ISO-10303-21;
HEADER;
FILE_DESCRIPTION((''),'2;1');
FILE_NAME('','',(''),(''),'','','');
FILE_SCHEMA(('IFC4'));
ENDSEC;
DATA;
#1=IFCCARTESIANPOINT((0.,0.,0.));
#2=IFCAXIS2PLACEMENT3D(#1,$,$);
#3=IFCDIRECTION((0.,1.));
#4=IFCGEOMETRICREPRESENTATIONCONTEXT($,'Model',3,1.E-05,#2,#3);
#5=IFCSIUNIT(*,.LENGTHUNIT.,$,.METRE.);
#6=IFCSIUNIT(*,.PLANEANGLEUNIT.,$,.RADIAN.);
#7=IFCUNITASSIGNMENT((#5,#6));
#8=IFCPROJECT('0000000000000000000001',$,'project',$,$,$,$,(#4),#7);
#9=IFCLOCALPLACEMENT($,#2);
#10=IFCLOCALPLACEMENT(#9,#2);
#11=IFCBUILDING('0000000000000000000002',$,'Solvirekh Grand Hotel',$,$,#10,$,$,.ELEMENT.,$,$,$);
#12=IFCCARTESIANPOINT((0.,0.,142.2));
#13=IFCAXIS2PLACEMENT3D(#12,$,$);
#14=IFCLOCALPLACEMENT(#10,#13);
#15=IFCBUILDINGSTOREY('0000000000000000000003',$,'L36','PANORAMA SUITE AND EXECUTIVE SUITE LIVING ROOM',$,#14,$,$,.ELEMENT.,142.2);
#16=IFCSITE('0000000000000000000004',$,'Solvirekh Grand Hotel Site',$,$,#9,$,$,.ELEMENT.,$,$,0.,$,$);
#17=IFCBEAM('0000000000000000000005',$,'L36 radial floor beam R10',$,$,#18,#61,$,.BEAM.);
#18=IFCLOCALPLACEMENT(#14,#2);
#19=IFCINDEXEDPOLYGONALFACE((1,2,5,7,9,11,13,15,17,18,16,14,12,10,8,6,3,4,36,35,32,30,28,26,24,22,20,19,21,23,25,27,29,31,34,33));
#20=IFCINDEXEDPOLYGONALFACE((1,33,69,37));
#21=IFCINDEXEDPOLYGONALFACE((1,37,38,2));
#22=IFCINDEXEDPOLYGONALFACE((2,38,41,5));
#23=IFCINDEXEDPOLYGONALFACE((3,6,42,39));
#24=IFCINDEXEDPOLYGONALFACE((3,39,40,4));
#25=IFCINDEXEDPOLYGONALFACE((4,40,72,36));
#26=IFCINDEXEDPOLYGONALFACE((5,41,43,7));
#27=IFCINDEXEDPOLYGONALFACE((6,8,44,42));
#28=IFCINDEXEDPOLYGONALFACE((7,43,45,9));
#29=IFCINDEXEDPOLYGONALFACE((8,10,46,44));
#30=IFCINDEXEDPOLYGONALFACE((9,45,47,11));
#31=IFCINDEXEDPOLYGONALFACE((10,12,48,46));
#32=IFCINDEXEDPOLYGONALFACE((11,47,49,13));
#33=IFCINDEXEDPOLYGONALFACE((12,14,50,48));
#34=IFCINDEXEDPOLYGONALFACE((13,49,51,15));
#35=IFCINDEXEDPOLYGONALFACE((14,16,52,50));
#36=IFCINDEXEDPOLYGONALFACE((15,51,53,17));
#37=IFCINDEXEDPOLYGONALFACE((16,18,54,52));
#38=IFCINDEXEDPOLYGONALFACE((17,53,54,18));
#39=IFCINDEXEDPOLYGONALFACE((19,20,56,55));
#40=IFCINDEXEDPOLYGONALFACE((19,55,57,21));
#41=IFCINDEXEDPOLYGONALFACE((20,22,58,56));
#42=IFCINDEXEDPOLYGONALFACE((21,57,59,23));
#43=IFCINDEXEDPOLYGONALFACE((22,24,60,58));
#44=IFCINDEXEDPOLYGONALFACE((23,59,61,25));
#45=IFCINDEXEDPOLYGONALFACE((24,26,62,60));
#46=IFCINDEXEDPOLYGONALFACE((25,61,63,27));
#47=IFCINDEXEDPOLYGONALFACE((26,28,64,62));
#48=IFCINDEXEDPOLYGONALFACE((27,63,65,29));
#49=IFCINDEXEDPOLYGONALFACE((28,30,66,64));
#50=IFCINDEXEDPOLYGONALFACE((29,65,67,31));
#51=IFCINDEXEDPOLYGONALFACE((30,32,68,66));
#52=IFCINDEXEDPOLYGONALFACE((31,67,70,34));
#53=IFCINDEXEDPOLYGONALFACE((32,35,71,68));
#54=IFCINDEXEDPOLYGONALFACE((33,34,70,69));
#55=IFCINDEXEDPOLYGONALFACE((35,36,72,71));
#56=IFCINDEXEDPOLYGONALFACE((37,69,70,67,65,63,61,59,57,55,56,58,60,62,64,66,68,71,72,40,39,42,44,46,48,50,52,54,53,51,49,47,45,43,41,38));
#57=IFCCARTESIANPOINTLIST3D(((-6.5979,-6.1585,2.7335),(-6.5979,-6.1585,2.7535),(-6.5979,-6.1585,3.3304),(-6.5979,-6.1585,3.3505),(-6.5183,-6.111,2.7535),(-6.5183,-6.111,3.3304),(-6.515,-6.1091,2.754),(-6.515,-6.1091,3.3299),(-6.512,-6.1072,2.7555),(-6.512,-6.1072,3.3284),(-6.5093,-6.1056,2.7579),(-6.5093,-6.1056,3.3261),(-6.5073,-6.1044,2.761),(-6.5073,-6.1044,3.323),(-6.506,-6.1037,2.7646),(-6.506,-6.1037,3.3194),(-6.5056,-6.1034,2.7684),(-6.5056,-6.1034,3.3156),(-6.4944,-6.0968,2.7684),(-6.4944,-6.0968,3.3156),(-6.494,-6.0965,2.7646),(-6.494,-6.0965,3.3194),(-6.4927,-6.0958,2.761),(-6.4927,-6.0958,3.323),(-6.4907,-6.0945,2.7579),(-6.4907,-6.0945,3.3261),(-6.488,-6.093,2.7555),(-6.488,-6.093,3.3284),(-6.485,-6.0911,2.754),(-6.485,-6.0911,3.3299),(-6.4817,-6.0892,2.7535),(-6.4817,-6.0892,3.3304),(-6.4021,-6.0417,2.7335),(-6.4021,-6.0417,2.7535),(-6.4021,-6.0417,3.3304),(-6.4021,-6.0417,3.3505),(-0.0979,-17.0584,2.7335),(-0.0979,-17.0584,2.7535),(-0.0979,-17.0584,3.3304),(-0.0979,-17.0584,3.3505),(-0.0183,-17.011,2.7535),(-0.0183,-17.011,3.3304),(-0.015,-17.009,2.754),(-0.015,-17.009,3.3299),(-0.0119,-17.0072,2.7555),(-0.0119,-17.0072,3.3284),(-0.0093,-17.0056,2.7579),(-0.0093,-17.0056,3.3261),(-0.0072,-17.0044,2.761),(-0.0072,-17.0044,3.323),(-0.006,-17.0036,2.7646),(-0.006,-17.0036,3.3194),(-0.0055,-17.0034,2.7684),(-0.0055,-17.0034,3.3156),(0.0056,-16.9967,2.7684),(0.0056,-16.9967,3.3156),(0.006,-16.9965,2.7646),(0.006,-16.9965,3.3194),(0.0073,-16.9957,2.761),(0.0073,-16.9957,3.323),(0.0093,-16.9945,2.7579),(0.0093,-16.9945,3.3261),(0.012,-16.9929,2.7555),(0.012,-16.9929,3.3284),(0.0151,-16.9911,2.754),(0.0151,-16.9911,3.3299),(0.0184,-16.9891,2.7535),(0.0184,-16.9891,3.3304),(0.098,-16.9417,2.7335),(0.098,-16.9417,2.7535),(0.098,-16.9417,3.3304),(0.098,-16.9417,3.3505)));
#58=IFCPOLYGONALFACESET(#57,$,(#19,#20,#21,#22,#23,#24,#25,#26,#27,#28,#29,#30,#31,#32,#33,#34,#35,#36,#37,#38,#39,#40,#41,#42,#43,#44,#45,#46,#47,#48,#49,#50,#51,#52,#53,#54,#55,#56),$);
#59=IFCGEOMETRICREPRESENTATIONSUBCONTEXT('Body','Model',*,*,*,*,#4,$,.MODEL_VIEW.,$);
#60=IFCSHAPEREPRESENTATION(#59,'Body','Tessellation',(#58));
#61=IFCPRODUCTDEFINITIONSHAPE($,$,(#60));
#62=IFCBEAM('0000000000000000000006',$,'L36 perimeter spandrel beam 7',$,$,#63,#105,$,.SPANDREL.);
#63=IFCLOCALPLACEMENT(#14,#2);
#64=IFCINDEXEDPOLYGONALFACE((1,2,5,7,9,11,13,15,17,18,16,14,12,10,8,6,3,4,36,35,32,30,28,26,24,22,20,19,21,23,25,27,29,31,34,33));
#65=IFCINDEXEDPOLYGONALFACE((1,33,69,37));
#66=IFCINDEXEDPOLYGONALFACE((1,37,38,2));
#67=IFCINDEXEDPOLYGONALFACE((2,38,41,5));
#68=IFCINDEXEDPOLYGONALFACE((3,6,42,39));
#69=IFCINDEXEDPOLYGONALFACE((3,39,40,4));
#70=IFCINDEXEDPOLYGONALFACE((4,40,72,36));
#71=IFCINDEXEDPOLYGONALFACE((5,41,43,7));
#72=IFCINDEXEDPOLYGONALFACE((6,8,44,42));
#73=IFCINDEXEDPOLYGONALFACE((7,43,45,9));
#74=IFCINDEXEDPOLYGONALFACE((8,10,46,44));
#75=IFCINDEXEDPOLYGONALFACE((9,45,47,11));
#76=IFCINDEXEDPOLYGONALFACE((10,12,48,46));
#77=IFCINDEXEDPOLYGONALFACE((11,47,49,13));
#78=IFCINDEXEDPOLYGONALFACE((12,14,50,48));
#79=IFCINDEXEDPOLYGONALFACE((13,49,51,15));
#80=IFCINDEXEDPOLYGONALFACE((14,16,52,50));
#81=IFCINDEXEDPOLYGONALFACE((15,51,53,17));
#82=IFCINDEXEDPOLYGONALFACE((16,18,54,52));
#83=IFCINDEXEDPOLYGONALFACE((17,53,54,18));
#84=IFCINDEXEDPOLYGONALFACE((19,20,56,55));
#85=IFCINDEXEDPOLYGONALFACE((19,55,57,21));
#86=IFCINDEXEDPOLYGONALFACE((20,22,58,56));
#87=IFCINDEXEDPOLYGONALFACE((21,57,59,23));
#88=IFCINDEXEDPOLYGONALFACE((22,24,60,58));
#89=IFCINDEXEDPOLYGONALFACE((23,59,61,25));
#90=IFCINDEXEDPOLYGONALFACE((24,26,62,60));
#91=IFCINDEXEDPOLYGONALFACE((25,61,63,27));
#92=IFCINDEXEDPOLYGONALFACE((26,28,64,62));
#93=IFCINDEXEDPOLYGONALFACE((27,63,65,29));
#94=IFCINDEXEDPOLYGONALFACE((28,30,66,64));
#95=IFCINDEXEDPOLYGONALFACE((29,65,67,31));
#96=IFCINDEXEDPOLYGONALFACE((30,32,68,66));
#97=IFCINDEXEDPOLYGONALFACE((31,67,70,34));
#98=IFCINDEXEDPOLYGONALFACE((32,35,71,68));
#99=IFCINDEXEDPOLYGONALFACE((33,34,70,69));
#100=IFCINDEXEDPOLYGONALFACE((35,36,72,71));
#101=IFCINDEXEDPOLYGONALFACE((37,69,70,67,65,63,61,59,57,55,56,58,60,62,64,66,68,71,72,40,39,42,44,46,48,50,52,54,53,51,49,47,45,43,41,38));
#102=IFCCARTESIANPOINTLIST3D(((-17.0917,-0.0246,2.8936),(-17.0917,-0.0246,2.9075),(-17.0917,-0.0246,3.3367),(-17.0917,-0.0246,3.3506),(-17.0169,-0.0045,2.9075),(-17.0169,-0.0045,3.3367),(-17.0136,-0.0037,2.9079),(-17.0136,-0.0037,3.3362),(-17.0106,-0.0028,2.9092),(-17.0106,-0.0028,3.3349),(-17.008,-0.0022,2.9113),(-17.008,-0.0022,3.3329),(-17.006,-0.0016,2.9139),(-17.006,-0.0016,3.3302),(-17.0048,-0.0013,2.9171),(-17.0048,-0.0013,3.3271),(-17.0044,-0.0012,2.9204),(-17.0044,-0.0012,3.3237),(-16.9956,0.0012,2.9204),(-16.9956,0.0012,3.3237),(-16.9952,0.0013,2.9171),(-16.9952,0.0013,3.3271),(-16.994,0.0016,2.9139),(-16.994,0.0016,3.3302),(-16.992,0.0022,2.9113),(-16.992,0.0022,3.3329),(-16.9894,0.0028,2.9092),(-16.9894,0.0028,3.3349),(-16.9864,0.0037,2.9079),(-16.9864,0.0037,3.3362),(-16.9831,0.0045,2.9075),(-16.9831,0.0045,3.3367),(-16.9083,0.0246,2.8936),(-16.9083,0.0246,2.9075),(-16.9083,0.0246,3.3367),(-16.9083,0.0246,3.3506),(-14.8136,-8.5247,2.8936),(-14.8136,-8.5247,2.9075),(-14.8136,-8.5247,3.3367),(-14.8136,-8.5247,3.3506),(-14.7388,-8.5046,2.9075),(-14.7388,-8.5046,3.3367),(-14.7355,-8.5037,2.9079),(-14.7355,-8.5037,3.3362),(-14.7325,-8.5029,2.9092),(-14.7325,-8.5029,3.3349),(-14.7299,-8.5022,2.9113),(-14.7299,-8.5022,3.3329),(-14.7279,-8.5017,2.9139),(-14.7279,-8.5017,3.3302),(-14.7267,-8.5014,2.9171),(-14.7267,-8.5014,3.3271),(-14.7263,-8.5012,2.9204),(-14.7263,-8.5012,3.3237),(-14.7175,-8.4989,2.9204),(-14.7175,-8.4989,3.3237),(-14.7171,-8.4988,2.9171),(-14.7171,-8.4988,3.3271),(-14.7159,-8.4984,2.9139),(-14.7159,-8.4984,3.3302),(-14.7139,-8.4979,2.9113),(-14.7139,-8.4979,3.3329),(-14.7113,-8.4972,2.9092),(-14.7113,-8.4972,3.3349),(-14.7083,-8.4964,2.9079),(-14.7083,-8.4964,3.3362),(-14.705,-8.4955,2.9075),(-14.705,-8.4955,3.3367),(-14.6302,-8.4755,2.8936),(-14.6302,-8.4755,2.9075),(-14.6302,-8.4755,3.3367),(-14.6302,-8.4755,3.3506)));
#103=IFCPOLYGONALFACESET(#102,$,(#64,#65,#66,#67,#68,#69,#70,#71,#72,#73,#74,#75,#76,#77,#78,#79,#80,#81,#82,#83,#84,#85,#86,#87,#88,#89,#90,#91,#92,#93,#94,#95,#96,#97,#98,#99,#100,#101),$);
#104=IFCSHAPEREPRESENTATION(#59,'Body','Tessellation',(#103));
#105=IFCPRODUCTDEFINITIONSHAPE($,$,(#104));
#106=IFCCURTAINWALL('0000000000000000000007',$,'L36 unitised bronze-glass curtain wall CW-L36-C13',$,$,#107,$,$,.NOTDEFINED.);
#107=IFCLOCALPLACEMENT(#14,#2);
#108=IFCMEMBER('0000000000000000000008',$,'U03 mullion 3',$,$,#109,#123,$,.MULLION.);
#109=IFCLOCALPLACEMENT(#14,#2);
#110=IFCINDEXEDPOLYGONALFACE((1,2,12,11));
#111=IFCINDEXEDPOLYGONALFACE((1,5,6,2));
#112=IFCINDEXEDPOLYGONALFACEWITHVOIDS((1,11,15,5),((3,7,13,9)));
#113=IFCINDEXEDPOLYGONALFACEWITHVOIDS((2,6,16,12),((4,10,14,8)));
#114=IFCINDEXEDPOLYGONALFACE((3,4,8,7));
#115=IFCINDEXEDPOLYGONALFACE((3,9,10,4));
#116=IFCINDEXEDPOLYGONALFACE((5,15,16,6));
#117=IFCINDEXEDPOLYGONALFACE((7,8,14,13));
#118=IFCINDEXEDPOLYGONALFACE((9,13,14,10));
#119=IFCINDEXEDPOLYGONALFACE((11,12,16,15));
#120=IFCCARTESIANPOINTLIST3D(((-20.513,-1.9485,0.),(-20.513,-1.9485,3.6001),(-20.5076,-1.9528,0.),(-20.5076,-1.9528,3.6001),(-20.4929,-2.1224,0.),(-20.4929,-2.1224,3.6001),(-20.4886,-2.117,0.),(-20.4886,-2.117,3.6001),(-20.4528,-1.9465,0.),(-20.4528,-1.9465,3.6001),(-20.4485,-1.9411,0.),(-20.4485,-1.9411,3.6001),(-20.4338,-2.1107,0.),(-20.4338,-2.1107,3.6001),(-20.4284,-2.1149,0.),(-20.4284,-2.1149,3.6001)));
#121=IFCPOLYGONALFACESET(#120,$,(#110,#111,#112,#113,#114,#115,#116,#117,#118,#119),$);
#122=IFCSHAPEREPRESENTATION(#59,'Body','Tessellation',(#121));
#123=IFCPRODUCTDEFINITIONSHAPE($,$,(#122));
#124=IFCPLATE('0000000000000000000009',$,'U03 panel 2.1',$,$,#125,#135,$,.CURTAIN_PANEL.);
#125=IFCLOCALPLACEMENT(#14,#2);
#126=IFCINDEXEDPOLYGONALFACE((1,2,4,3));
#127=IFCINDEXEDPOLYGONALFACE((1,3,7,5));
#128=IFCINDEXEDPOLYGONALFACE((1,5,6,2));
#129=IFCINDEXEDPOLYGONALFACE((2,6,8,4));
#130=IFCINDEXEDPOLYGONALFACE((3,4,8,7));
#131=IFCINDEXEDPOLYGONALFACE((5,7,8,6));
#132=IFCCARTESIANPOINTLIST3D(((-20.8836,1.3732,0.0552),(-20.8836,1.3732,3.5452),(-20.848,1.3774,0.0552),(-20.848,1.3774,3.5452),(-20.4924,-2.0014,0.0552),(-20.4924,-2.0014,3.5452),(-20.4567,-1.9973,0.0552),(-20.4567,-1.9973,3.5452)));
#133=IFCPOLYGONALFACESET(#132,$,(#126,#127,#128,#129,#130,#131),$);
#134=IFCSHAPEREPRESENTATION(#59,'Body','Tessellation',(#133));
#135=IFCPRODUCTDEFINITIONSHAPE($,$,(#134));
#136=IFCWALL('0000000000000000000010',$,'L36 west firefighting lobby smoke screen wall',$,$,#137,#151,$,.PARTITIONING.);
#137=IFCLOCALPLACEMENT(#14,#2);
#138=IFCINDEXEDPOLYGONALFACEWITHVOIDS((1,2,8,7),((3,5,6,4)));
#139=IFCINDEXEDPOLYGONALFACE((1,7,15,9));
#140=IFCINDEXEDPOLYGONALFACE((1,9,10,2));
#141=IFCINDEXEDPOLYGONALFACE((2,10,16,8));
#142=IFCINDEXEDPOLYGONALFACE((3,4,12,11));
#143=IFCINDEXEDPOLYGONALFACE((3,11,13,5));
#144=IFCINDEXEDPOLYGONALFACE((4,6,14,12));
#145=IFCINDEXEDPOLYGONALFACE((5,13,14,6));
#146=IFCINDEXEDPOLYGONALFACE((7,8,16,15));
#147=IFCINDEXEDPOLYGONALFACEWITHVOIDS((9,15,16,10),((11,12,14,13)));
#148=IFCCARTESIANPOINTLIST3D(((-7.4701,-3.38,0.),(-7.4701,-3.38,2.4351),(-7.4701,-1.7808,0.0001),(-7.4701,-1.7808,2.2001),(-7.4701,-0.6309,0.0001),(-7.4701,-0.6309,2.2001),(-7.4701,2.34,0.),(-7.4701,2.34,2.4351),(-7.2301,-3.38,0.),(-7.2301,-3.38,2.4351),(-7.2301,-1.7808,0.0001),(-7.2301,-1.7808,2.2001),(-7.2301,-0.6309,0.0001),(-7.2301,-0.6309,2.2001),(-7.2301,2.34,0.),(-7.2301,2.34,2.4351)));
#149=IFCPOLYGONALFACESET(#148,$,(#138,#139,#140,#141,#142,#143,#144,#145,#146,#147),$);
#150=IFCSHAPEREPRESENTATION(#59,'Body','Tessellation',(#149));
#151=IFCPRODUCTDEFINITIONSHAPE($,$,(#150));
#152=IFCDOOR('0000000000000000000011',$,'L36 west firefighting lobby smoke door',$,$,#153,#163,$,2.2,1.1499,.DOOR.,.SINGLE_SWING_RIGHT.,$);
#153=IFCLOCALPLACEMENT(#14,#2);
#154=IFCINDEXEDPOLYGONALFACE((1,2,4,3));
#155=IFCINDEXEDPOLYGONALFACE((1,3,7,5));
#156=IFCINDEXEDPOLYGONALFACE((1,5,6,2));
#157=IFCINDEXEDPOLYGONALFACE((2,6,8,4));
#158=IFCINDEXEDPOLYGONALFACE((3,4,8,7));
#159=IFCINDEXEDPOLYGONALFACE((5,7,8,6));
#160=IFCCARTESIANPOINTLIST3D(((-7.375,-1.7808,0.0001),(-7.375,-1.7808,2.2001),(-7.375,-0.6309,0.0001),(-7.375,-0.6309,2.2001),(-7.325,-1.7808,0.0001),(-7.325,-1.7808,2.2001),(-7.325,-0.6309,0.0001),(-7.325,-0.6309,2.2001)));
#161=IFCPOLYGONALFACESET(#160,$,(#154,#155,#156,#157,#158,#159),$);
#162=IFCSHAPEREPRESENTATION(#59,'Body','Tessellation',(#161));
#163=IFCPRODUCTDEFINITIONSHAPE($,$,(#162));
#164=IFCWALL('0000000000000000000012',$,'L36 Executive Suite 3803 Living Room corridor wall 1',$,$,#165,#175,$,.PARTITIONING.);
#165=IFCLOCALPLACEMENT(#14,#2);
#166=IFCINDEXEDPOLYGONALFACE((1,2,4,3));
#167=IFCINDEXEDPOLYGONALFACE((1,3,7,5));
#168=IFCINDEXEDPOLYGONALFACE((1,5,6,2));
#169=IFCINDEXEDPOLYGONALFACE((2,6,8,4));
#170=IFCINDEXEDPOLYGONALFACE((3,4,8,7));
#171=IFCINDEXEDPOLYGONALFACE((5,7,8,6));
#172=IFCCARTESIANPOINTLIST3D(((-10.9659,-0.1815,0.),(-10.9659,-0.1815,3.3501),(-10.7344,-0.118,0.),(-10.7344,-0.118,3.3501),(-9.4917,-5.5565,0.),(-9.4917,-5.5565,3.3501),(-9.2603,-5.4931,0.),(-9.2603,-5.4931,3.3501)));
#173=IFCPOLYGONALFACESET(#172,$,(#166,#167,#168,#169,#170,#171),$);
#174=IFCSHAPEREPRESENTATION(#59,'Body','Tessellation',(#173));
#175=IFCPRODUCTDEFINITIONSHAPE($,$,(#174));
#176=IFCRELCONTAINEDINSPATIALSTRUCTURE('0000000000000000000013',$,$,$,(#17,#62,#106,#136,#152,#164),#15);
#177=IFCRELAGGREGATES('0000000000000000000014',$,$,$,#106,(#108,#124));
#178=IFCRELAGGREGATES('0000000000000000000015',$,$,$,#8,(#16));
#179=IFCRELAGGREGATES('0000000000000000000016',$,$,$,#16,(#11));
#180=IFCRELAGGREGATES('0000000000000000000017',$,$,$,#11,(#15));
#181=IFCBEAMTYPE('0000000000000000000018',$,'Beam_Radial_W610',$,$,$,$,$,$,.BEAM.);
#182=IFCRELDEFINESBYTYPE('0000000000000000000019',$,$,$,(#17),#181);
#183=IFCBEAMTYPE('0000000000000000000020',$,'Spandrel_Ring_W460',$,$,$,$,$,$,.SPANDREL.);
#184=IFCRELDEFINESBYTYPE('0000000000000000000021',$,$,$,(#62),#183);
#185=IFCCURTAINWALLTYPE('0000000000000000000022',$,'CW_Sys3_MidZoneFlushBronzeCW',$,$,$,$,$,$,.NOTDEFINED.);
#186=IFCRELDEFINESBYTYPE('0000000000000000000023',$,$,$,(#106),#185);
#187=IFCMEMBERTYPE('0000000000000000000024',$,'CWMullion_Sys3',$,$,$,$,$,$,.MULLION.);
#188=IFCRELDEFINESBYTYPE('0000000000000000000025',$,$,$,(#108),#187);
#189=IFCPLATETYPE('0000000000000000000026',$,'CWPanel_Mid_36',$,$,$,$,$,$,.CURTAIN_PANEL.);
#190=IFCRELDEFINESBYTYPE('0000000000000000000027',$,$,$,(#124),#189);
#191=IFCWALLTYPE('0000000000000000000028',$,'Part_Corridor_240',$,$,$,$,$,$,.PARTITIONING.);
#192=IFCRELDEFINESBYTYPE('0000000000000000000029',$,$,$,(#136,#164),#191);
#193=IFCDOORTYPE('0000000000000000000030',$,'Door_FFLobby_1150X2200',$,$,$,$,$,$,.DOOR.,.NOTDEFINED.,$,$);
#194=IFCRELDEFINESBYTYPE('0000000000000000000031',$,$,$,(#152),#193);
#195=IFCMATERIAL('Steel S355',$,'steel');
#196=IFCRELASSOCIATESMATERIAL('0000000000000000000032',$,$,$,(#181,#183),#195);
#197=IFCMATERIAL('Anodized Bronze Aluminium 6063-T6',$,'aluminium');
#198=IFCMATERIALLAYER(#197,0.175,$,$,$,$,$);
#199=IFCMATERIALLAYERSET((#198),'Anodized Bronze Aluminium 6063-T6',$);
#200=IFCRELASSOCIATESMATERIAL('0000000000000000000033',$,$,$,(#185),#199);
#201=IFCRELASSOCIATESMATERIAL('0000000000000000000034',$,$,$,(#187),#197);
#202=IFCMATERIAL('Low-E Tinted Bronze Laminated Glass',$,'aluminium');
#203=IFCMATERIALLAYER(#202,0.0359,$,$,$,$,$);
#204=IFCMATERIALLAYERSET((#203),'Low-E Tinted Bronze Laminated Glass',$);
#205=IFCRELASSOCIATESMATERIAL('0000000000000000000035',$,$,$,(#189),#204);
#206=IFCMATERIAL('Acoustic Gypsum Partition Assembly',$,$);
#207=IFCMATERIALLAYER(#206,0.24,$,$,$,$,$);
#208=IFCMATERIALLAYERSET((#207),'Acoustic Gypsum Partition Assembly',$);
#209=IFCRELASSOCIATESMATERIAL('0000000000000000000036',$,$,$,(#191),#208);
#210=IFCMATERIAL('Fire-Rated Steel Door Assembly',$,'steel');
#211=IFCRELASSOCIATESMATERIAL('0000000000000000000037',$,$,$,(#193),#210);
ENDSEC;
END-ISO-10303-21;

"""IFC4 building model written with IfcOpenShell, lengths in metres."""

from ifc_helpers import new_model, si_unit, direction, frame, frame_2d, origin, origin_2d, place, context, subcontext, project, spatial, rectangle, hollow_rectangle, i_section, extrude, source, transform, mapped, material, layer, layer_set, material_profile, profile_set, type_object, element, fill, aggregate, save


model = new_model("IFC4")

# Units and contexts
model_context = context("Model", 3, precision=1e-05, world=origin(), true_north=direction((0.0, 1.0)))
body_context = subcontext(model_context, "Body", "Model", "MODEL_VIEW")
ifc_project = project(units=[si_unit("LENGTHUNIT", "METRE"), si_unit("PLANEANGLEUNIT", "RADIAN")], contexts=[model_context])

# Site, building, storey
site_placement = place(None, origin())
site = spatial("IfcSite", under=ifc_project, at=site_placement, Name="Solvirekh Grand Hotel Site", CompositionType="ELEMENT", RefElevation=0.0)
building_placement = place(site_placement, origin())
building = spatial("IfcBuilding", under=site, at=building_placement, Name="Solvirekh Grand Hotel", CompositionType="ELEMENT")
storey_placement = place(building_placement, frame((0.0, 0.0, 142.2)))
storey = spatial("IfcBuildingStorey", under=building, at=storey_placement, Name="L36", Description="PANORAMA SUITE AND EXECUTIVE SUITE LIVING ROOM", CompositionType="ELEMENT", Elevation=142.2)

# Beams
ifc_material_1 = material(Name="Steel S355", Category="steel")
ifc_material_profile_1 = material_profile(ifc_material_1, i_section(OverallWidth=0.228, OverallDepth=0.6169, WebThickness=0.0129, FlangeThickness=0.02, FilletRadius=0.0149, at=origin_2d()), Name="W610X140")
ifc_profile_set_1 = profile_set([ifc_material_profile_1], Name="Steel S355")
beam_type_1 = type_object("IfcBeamType", Name="Beam_Radial_W610", PredefinedType="BEAM", material=ifc_profile_set_1)
beam_1_placement = place(storey_placement, frame((-6.5, -6.1001, 3.042), z_axis=(0.51218, -0.858878, 0.0), x_axis=(0.858878, 0.51218, 0.0)))
element("IfcBeam", 1, at=beam_1_placement, inside=storey, type_object=beam_type_1, Name="L36 radial floor beam R10", PredefinedType="BEAM", context=body_context, shape_type="SweptSolid", body=[
    extrude(i_section(OverallWidth=0.228, OverallDepth=0.6169, WebThickness=0.0129, FlangeThickness=0.02, FilletRadius=0.0149, at=origin_2d()), origin(), (0.0, 0.0, 1.0), 12.6909),
])
ifc_material_profile_2 = material_profile(ifc_material_1, i_section(OverallWidth=0.1899, OverallDepth=0.457, WebThickness=0.009, FlangeThickness=0.0139, FilletRadius=0.0129, at=origin_2d()), Name="W460X74")
ifc_profile_set_2 = profile_set([ifc_material_profile_2], Name="Steel S355")
beam_type_2 = type_object("IfcBeamType", Name="Spandrel_Ring_W460", PredefinedType="SPANDREL", material=ifc_profile_set_2)
beam_2_placement = place(storey_placement, frame((-17.0, 0.0, 3.1221), z_axis=(0.258873, -0.965911, 0.0), x_axis=(0.965911, 0.258873, 0.0)))
element("IfcBeam", 2, at=beam_2_placement, inside=storey, type_object=beam_type_2, Name="L36 perimeter spandrel beam 7", PredefinedType="SPANDREL", context=body_context, shape_type="SweptSolid", body=[
    extrude(i_section(OverallWidth=0.1899, OverallDepth=0.457, WebThickness=0.009, FlangeThickness=0.0139, FilletRadius=0.0129, at=origin_2d()), origin(), (0.0, 0.0, 1.0), 8.8),
])

# Curtain wall, member, plate
ifc_material_2 = material(Name="Anodized Bronze Aluminium 6063-T6", Category="aluminium")
ifc_layer_1 = layer(ifc_material_2, 0.175)
ifc_layer_set_1 = layer_set([ifc_layer_1], Name="Anodized Bronze Aluminium 6063-T6")
curtain_wall_type = type_object("IfcCurtainWallType", Name="CW_Sys3_MidZoneFlushBronzeCW", PredefinedType="NOTDEFINED", material=ifc_layer_set_1)
curtain_wall_placement = place(storey_placement, origin())
curtain_wall = element("IfcCurtainWall", 3, at=curtain_wall_placement, inside=storey, type_object=curtain_wall_type, Name="L36 unitised bronze-glass curtain wall CW-L36-C13", PredefinedType="NOTDEFINED")
ifc_material_profile_3 = material_profile(ifc_material_2, hollow_rectangle(XDim=0.0649, YDim=0.175, WallThickness=0.0049, at=origin_2d()), Name="ALU RHS 175X65X5")
ifc_profile_set_3 = profile_set([ifc_material_profile_3], Name="Anodized Bronze Aluminium 6063-T6")
member_type = type_object("IfcMemberType", Name="CWMullion_Sys3", PredefinedType="MULLION", material=ifc_profile_set_3)
shared_shape_1 = source(origin(), body_context, "Body", "SweptSolid", [
    extrude(hollow_rectangle(XDim=0.0649, YDim=0.175, WallThickness=0.0049, at=origin_2d()), origin(), (0.0, 0.0, 1.0), 3.6001),
])
member_placement = place(storey_placement, frame((-20.4707, -2.0317, 0.0), z_axis=(0.0, 0.0, 1.0), x_axis=(0.993345, 0.115173, 0.0)))
member = element("IfcMember", 4, at=member_placement, type_object=member_type, Name="U03 mullion 3", PredefinedType="MULLION", context=body_context, shape_type="MappedRepresentation", body=[
    mapped(shared_shape_1, transform((0.0, 0.0, 0.0), x_axis=(1.0, 0.0, 0.0), y_axis=(0.0, 1.0, 0.0), z_axis=(0.0, 0.0, 1.0), scale=1.0)),
])
ifc_material_3 = material(Name="Low-E Tinted Bronze Laminated Glass", Category="aluminium")
ifc_layer_2 = layer(ifc_material_3, 0.0359)
ifc_layer_set_2 = layer_set([ifc_layer_2], Name="Low-E Tinted Bronze Laminated Glass")
plate_type = type_object("IfcPlateType", Name="CWPanel_Mid_36", PredefinedType="CURTAIN_PANEL", material=ifc_layer_set_2)
shared_shape_2 = source(origin(), body_context, "Body", "SweptSolid", [
    extrude(rectangle(XDim=3.3972, YDim=0.0359, at=origin_2d()), origin(), (0.0, 0.0, 1.0), 3.49),
])
plate_placement = place(storey_placement, frame((-20.6702, -0.312, 0.0552), z_axis=(0.0, 0.0, 1.0), x_axis=(0.115173, -0.993345, 0.0)))
plate = element("IfcPlate", 5, at=plate_placement, type_object=plate_type, Name="U03 panel 2.1", PredefinedType="CURTAIN_PANEL", context=body_context, shape_type="MappedRepresentation", body=[
    mapped(shared_shape_2, transform((0.0, 0.0, 0.0), x_axis=(1.0, 0.0, 0.0), y_axis=(0.0, 1.0, 0.0), z_axis=(0.0, 0.0, 1.0), scale=1.0)),
])
aggregate(curtain_wall, [member, plate])

# Wall, opening, door
ifc_material_4 = material(Name="Acoustic Gypsum Partition Assembly")
ifc_layer_3 = layer(ifc_material_4, 0.24)
ifc_layer_set_3 = layer_set([ifc_layer_3], Name="Acoustic Gypsum Partition Assembly")
wall_type_1 = type_object("IfcWallType", Name="Part_Corridor_240", PredefinedType="PARTITIONING", material=ifc_layer_set_3)
wall_1_placement = place(storey_placement, frame((-7.3501, -3.3799, 0.0), z_axis=(0.0, 0.0, 1.0), x_axis=(0.0, 1.0, 0.0)))
wall_1 = element("IfcWall", 6, at=wall_1_placement, inside=storey, type_object=wall_type_1, Name="L36 west firefighting lobby smoke screen wall", PredefinedType="PARTITIONING", context=body_context, shape_type="SweptSolid", body=[
    extrude(rectangle(XDim=5.72, YDim=0.24, at=frame_2d((2.8599, 0.0))), origin(), (0.0, 0.0, 1.0), 2.4351),
])
opening_1_placement = place(wall_1_placement, frame((1.5991, 0.0, 0.0)))
opening_1 = element("IfcOpeningElement", 7, at=opening_1_placement, cuts=wall_1, PredefinedType="OPENING", context=body_context, shape_type="SweptSolid", body=[
    extrude(rectangle(XDim=1.1499, YDim=2.2, at=frame_2d((0.575, 1.1001))), frame((0.0, 0.1299, 0.0), z_axis=(0.0, -1.0, 0.0), x_axis=(1.0, 0.0, 0.0)), (0.0, 0.0, 1.0), 0.26),
])
ifc_material_5 = material(Name="Fire-Rated Steel Door Assembly", Category="steel")
door_type_1 = type_object("IfcDoorType", Name="Door_FFLobby_1150X2200", OperationType="NOTDEFINED", PredefinedType="DOOR", material=ifc_material_5)
door_1_placement = place(opening_1_placement, origin())
door_1 = element("IfcDoor", 8, at=door_1_placement, inside=storey, type_object=door_type_1, Name="L36 west firefighting lobby smoke door", OperationType="SINGLE_SWING_RIGHT", OverallHeight=2.2, OverallWidth=1.1499, PredefinedType="DOOR", context=body_context, shape_type="SweptSolid", body=[
    extrude(rectangle(XDim=1.1499, YDim=2.2, at=frame_2d((0.575, 1.1001))), frame((0.0, 0.0249, 0.0), z_axis=(0.0, -1.0, 0.0), x_axis=(1.0, 0.0, 0.0)), (0.0, 0.0, 1.0), 0.05),
])
fill(opening_1, door_1)

# Wall
wall_2_placement = place(storey_placement, frame((-10.8501, -0.1499, 0.0), z_axis=(0.0, 0.0, 1.0), x_axis=(0.264489, -0.964389, 0.0)))
element("IfcWall", 9, at=wall_2_placement, inside=storey, type_object=wall_type_1, Name="L36 Executive Suite 3803 Living Room corridor wall 1", PredefinedType="PARTITIONING", context=body_context, shape_type="SweptSolid", body=[
    extrude(rectangle(XDim=5.5735, YDim=0.24, at=frame_2d((2.7866, 0.0))), origin(), (0.0, 0.0, 1.0), 3.3501),
])

save(model, "model.ifc")
